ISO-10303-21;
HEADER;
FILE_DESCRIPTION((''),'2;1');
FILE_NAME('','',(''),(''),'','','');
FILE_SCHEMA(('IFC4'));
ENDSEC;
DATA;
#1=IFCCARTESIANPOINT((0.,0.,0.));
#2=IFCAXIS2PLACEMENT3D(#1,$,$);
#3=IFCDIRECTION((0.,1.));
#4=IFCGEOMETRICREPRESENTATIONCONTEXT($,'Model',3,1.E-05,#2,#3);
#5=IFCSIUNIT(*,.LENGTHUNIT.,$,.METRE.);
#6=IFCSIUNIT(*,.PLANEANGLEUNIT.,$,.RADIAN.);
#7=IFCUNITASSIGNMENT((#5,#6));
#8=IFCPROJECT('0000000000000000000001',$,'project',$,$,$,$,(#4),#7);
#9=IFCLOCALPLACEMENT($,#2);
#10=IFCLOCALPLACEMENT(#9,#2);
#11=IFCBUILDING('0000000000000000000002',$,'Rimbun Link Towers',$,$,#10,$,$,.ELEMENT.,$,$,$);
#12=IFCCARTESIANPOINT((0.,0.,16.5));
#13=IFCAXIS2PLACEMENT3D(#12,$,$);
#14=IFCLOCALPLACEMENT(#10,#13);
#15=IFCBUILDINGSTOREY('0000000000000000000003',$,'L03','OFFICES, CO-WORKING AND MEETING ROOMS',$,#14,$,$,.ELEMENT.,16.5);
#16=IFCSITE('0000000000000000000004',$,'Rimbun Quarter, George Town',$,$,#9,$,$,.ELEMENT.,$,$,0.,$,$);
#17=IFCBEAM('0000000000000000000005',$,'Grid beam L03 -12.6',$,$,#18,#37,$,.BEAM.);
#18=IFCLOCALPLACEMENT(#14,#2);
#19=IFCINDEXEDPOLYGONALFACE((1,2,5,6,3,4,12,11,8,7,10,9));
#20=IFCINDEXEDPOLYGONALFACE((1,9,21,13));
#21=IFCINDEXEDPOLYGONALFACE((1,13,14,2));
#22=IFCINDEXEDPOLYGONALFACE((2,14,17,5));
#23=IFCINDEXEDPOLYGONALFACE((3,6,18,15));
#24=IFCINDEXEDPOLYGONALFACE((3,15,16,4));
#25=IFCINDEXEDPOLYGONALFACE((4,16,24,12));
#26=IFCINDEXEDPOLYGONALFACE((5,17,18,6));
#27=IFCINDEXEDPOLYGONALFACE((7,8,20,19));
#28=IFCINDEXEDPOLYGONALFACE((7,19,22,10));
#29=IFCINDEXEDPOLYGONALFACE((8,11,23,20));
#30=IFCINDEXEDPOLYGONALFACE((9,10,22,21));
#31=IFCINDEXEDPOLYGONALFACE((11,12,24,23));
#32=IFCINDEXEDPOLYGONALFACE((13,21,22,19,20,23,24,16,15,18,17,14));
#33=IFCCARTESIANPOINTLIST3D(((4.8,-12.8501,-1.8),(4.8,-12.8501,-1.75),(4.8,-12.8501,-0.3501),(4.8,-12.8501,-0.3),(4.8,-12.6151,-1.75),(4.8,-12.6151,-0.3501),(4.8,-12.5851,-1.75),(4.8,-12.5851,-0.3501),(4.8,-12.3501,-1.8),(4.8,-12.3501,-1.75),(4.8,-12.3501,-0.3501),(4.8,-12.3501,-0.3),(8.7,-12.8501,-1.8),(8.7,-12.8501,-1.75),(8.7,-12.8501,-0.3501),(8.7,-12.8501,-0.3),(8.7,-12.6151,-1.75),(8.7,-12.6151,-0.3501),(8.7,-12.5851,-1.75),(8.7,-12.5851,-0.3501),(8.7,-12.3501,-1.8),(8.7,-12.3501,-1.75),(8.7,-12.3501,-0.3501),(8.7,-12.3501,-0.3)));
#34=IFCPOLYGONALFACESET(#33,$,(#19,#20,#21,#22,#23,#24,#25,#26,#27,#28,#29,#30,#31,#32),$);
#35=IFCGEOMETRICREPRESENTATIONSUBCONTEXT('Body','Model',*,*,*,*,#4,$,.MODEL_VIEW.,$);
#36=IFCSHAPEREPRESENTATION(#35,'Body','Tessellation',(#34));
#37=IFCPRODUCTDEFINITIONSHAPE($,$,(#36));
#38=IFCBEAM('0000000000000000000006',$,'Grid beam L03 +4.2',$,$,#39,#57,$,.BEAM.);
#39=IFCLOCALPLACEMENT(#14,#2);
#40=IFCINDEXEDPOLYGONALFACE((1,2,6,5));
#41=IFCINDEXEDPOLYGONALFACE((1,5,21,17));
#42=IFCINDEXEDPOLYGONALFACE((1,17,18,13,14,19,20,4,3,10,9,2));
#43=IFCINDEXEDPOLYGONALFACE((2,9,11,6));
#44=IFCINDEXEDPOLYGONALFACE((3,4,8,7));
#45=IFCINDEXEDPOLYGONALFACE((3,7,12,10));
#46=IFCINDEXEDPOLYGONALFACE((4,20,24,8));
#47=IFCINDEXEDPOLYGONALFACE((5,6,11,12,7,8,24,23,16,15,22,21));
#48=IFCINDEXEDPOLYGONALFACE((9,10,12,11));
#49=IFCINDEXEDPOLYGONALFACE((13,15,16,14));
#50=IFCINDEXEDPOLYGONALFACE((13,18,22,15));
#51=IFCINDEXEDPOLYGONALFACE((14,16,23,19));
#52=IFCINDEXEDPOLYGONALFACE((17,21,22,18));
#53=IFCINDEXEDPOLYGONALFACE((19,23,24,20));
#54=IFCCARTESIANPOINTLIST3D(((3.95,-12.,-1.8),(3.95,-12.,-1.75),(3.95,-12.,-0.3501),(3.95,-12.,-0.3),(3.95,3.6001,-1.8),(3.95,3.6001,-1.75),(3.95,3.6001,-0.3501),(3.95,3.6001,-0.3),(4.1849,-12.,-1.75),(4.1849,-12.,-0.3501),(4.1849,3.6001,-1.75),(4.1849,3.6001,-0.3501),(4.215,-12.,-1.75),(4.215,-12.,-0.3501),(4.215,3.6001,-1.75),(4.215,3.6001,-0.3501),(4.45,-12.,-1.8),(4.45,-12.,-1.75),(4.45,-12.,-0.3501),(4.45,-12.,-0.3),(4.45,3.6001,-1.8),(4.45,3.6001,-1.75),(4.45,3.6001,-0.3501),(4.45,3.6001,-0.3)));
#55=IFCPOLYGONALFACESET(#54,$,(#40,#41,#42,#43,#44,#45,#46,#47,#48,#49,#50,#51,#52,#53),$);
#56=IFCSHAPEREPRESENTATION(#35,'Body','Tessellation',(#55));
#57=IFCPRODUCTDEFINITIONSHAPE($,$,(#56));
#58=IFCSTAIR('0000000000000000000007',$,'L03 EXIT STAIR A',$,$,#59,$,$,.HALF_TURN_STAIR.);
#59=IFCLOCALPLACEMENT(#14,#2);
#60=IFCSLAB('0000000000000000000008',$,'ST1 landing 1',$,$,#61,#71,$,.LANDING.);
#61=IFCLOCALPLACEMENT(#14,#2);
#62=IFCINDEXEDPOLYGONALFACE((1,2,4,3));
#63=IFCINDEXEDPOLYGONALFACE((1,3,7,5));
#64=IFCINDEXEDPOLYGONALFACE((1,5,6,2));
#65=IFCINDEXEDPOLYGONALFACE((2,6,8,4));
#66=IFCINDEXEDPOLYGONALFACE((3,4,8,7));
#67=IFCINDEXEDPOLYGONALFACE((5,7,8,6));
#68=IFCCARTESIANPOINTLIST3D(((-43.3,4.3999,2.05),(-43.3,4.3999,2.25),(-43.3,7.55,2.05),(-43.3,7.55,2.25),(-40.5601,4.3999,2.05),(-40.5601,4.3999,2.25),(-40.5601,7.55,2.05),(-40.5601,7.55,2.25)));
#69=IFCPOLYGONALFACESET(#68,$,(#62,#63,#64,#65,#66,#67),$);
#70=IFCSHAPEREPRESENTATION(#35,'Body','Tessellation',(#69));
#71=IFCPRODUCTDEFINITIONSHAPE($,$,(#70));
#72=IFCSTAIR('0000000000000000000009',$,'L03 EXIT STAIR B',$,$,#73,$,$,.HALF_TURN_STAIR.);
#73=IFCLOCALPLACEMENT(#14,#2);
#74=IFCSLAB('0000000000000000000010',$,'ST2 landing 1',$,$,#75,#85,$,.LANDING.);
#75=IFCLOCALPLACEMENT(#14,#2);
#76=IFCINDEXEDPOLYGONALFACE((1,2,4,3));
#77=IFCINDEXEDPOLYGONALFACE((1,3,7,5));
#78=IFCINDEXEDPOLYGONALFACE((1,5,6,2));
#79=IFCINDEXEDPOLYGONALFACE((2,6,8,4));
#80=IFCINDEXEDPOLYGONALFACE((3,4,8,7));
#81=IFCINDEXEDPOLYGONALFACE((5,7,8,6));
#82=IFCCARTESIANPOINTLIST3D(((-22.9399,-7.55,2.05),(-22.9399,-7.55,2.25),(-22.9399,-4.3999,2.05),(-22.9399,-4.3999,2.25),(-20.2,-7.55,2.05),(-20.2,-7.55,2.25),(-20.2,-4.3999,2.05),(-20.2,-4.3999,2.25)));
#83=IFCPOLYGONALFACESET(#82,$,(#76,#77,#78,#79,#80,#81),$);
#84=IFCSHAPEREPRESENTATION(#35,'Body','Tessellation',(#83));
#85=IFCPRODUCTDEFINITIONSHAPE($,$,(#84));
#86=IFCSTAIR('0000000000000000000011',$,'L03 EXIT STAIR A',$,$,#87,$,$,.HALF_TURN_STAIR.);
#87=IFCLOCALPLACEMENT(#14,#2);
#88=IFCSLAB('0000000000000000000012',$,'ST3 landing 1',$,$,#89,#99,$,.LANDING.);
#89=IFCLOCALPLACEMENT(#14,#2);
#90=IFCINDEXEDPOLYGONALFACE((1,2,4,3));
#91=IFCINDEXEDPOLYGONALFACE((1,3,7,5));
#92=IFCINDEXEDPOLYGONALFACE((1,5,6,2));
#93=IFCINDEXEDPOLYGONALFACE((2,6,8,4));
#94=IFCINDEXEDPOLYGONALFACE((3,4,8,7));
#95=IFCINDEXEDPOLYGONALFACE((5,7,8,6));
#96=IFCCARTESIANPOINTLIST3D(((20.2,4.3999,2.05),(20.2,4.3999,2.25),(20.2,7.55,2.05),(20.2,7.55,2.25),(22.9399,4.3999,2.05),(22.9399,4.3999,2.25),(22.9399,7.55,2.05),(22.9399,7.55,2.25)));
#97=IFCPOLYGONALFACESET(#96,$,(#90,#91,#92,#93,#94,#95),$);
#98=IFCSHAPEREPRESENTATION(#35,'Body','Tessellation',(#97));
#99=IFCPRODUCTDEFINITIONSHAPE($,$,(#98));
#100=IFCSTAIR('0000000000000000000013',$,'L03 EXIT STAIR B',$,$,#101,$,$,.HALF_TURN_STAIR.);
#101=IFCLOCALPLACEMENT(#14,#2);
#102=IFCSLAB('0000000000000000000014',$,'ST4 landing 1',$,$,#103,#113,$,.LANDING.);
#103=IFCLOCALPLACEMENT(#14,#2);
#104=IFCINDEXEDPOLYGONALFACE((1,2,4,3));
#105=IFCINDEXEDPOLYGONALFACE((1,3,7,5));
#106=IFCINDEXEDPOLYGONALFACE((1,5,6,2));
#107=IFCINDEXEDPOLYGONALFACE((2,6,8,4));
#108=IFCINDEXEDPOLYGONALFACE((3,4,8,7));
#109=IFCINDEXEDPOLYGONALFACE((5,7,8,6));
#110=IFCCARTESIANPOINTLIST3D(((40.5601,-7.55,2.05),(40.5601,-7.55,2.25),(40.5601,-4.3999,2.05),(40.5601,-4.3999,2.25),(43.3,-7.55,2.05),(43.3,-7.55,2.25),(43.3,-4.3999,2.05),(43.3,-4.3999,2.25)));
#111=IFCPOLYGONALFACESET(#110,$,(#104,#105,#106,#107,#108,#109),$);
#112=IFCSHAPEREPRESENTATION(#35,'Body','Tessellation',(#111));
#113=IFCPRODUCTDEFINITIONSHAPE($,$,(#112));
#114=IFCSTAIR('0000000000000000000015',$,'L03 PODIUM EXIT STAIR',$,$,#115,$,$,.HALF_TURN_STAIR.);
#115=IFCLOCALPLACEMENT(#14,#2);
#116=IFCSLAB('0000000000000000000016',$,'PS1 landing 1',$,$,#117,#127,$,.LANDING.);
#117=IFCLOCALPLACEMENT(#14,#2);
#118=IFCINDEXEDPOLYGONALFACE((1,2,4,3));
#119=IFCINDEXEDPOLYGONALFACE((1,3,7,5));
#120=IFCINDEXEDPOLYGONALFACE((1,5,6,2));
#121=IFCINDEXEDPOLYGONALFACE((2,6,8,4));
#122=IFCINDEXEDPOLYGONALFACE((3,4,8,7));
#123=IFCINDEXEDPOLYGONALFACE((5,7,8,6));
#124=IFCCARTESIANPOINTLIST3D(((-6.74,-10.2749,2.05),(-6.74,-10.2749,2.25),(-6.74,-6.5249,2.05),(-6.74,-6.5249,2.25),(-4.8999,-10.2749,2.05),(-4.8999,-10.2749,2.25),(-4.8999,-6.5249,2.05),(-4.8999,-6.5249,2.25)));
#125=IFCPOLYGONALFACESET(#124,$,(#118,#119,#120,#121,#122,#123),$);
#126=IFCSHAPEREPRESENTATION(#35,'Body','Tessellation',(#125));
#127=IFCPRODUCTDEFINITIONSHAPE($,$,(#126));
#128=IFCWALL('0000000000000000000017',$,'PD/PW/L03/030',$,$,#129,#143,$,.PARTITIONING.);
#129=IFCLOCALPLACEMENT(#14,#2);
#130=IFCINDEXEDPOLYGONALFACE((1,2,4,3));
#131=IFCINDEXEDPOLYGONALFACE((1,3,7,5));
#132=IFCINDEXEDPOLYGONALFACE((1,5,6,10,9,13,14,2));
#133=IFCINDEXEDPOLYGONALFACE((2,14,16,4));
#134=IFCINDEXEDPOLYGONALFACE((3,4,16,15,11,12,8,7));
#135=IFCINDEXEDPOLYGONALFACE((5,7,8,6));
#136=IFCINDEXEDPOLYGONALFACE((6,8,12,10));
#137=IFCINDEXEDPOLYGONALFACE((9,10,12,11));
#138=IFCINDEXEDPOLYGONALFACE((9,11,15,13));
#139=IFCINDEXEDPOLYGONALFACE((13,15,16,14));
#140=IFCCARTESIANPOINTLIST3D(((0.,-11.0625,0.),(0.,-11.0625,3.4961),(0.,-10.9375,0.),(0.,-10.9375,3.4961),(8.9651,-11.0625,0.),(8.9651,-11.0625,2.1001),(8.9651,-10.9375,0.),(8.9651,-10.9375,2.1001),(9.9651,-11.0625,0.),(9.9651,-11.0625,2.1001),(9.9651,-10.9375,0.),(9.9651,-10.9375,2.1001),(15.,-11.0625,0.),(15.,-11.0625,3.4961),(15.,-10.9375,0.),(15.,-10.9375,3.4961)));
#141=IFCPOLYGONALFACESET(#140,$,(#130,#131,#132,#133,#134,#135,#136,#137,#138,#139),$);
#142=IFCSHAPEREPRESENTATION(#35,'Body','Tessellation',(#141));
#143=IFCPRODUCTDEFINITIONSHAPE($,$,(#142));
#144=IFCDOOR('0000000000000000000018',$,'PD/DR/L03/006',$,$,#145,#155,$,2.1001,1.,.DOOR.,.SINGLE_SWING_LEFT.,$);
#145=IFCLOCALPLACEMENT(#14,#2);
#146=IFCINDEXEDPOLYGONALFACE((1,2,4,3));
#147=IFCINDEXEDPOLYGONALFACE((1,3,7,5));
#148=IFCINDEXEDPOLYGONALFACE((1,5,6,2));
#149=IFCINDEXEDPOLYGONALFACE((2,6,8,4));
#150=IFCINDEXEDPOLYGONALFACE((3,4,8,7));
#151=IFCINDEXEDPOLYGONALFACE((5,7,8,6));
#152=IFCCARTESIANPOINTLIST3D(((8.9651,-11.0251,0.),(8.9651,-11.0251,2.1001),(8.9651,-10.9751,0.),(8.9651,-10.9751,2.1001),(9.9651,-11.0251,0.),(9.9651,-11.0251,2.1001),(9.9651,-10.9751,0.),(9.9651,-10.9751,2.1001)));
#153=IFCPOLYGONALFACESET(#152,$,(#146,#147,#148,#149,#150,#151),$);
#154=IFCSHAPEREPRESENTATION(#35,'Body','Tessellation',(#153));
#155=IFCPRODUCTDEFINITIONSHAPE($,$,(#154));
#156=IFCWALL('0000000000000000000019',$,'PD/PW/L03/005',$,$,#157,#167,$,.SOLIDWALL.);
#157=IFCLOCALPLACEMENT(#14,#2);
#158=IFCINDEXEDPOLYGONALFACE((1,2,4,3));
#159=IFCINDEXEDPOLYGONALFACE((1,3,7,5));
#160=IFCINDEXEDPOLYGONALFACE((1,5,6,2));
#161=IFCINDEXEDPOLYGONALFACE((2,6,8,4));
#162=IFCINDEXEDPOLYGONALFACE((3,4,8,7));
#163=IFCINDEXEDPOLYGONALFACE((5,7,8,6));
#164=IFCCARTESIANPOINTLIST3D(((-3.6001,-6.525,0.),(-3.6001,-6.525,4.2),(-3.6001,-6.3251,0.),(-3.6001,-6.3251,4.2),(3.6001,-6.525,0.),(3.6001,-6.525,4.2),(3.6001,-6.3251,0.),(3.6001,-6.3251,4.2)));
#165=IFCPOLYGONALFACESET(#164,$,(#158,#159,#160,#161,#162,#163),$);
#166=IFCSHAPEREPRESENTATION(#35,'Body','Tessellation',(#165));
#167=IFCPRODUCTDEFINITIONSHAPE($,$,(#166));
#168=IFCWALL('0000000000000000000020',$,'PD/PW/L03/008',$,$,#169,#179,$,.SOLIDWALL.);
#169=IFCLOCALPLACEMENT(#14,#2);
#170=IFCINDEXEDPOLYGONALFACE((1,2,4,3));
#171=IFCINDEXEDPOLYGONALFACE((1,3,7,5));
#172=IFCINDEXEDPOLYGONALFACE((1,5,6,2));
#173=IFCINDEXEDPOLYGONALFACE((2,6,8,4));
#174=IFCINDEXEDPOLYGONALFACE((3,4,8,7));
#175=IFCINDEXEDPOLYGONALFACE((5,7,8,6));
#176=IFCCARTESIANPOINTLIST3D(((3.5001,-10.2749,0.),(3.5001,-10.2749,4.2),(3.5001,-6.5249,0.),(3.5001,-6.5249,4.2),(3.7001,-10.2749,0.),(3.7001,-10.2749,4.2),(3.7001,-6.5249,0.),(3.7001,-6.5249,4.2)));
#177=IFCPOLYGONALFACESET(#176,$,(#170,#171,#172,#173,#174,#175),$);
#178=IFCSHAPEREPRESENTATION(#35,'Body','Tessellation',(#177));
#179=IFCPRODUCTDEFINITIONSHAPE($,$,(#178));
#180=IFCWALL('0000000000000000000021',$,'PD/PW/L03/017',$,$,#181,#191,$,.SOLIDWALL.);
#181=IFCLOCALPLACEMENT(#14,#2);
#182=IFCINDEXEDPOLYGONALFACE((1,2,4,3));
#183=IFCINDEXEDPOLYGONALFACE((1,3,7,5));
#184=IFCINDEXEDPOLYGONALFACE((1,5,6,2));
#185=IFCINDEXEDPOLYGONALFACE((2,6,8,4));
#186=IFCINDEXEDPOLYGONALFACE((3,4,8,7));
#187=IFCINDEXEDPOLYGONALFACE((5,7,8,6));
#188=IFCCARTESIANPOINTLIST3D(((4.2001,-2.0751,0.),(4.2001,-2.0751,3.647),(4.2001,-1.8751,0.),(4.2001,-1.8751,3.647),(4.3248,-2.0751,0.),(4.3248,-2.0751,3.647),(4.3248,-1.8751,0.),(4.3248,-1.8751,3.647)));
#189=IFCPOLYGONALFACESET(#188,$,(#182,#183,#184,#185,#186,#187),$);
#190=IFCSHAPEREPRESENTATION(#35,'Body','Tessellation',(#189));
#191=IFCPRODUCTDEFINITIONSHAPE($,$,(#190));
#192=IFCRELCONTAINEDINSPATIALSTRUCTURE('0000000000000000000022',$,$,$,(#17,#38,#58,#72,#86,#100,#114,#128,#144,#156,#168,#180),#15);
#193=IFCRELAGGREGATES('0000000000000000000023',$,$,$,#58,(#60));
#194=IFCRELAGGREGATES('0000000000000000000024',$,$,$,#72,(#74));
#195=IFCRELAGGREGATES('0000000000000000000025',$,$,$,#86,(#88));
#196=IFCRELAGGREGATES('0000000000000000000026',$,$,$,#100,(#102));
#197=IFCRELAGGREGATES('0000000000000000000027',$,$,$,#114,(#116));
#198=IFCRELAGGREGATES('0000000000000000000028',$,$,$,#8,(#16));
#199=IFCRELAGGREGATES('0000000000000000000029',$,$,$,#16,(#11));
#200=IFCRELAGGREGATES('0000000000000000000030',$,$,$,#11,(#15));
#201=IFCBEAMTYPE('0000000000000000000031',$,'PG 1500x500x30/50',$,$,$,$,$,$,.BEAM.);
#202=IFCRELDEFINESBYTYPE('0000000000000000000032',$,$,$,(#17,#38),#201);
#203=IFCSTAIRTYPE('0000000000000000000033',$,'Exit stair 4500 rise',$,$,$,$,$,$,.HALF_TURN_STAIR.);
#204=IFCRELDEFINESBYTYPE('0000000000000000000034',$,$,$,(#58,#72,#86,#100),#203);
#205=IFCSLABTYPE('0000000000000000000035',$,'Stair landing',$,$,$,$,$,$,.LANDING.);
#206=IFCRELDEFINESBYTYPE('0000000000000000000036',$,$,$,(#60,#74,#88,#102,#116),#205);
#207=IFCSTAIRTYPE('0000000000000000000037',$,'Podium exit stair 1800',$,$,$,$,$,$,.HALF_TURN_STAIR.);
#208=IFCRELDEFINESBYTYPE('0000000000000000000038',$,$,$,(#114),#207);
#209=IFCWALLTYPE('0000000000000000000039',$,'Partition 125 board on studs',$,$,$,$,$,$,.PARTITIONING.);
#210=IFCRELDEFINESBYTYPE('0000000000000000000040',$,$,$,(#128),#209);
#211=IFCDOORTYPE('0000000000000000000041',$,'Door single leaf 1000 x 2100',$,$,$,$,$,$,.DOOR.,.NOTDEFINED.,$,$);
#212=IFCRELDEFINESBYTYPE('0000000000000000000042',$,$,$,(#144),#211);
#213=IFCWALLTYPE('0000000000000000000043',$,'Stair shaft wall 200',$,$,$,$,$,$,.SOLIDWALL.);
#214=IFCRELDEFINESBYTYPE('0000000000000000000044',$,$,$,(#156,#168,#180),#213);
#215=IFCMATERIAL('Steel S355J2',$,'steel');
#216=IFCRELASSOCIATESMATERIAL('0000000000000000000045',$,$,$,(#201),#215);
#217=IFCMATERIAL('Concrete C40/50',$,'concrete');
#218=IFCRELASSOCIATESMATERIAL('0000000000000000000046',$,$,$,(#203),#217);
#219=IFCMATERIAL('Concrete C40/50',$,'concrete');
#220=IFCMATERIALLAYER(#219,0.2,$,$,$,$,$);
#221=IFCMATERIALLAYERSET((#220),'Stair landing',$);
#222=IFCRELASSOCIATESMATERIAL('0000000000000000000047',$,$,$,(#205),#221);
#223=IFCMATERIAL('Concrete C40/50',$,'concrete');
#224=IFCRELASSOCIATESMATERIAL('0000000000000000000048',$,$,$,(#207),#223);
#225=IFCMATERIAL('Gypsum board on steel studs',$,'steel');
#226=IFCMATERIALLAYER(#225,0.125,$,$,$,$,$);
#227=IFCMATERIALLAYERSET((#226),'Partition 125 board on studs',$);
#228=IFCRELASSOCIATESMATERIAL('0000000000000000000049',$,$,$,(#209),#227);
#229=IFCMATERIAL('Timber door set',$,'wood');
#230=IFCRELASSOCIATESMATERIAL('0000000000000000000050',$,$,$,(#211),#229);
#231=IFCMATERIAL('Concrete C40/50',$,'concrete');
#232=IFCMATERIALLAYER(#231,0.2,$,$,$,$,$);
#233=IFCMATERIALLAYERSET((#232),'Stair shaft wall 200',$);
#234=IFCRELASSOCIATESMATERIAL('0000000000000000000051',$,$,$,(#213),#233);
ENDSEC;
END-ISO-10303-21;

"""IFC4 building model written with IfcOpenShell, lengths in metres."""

from ifc_helpers import new_model, si_unit, direction, frame, frame_2d, origin, origin_2d, place, context, subcontext, project, spatial, polyline, rectangle, i_section, outline, extrude, material, layer, layer_set, material_profile, profile_set, type_object, element, fill, aggregate, save


model = new_model("IFC4")

# Units and contexts
model_context = context("Model", 3, precision=1e-05, world=origin(), true_north=direction((0.0, 1.0)))
body_context = subcontext(model_context, "Body", "Model", "MODEL_VIEW")
ifc_project = project(units=[si_unit("LENGTHUNIT", "METRE"), si_unit("PLANEANGLEUNIT", "RADIAN")], contexts=[model_context])

# Site, building, storey
site_placement = place(None, origin())
site = spatial("IfcSite", under=ifc_project, at=site_placement, Name="Rimbun Quarter, George Town", CompositionType="ELEMENT", RefElevation=0.0)
building_placement = place(site_placement, origin())
building = spatial("IfcBuilding", under=site, at=building_placement, Name="Rimbun Link Towers", CompositionType="ELEMENT")
storey_placement = place(building_placement, frame((0.0, 0.0, 16.5)))
storey = spatial("IfcBuildingStorey", under=building, at=storey_placement, Name="L03", Description="OFFICES, CO-WORKING AND MEETING ROOMS", CompositionType="ELEMENT", Elevation=16.5)

# Beams
ifc_material_1 = material(Name="Steel S355J2", Category="steel")
ifc_material_profile = material_profile(ifc_material_1, i_section(OverallWidth=0.5, OverallDepth=1.5, WebThickness=0.03, FlangeThickness=0.05, at=origin_2d()), Name="PG 1500x500x30/50")
ifc_profile_set = profile_set([ifc_material_profile], Name="Steel S355J2")
beam_type = type_object("IfcBeamType", Name="PG 1500x500x30/50", PredefinedType="BEAM", material=ifc_profile_set)
beam_1_placement = place(storey_placement, frame((4.8, -12.6001, -1.05), z_axis=(1.0, 0.0, 0.0), x_axis=(0.0, 1.0, 0.0)))
element("IfcBeam", 1, at=beam_1_placement, inside=storey, type_object=beam_type, Name="Grid beam L03 -12.6", PredefinedType="BEAM", context=body_context, shape_type="SweptSolid", body=[
    extrude(i_section(OverallWidth=0.5, OverallDepth=1.5, WebThickness=0.03, FlangeThickness=0.05, at=origin_2d()), origin(), (0.0, 0.0, 1.0), 3.8999),
])
beam_2_placement = place(storey_placement, frame((4.2, -12.0, -1.05), z_axis=(0.0, 1.0, 0.0), x_axis=(-1.0, 0.0, 0.0)))
element("IfcBeam", 2, at=beam_2_placement, inside=storey, type_object=beam_type, Name="Grid beam L03 +4.2", PredefinedType="BEAM", context=body_context, shape_type="SweptSolid", body=[
    extrude(i_section(OverallWidth=0.5, OverallDepth=1.5, WebThickness=0.03, FlangeThickness=0.05, at=origin_2d()), origin(), (0.0, 0.0, 1.0), 15.6001),
])

# Stairs, slabs
ifc_material_2 = material(Name="Concrete C40/50", Category="concrete")
stair_type_1 = type_object("IfcStairType", Name="Exit stair 4500 rise", PredefinedType="HALF_TURN_STAIR", material=ifc_material_2)
stair_1_placement = place(storey_placement, origin())
stair_1 = element("IfcStair", 3, at=stair_1_placement, inside=storey, type_object=stair_type_1, Name="L03 EXIT STAIR A", PredefinedType="HALF_TURN_STAIR")
ifc_material_3 = material(Name="Concrete C40/50", Category="concrete")
ifc_layer_1 = layer(ifc_material_3, 0.2)
ifc_layer_set_1 = layer_set([ifc_layer_1], Name="Stair landing")
slab_type = type_object("IfcSlabType", Name="Stair landing", PredefinedType="LANDING", material=ifc_layer_set_1)
slab_1_placement = place(storey_placement, frame((0.0, 0.0, 2.05)))
slab_1 = element("IfcSlab", 4, at=slab_1_placement, type_object=slab_type, Name="ST1 landing 1", PredefinedType="LANDING", context=body_context, shape_type="SweptSolid", body=[
    extrude(outline(polyline([(-40.5601, 7.55), (-43.3, 7.55), (-43.3, 4.3999), (-40.5601, 4.3999), (-40.5601, 7.55)])), origin(), (0.0, 0.0, 1.0), 0.2),
])
aggregate(stair_1, [slab_1])
stair_2_placement = place(storey_placement, origin())
stair_2 = element("IfcStair", 5, at=stair_2_placement, inside=storey, type_object=stair_type_1, Name="L03 EXIT STAIR B", PredefinedType="HALF_TURN_STAIR")
slab_2_placement = place(storey_placement, frame((0.0, 0.0, 2.05)))
slab_2 = element("IfcSlab", 6, at=slab_2_placement, type_object=slab_type, Name="ST2 landing 1", PredefinedType="LANDING", context=body_context, shape_type="SweptSolid", body=[
    extrude(outline(polyline([(-22.9399, -7.55), (-20.2, -7.55), (-20.2, -4.3999), (-22.9399, -4.3999), (-22.9399, -7.55)])), origin(), (0.0, 0.0, 1.0), 0.2),
])
aggregate(stair_2, [slab_2])
stair_3_placement = place(storey_placement, origin())
stair_3 = element("IfcStair", 7, at=stair_3_placement, inside=storey, type_object=stair_type_1, Name="L03 EXIT STAIR A", PredefinedType="HALF_TURN_STAIR")
slab_3_placement = place(storey_placement, frame((0.0, 0.0, 2.05)))
slab_3 = element("IfcSlab", 8, at=slab_3_placement, type_object=slab_type, Name="ST3 landing 1", PredefinedType="LANDING", context=body_context, shape_type="SweptSolid", body=[
    extrude(outline(polyline([(22.9399, 7.55), (20.2, 7.55), (20.2, 4.3999), (22.9399, 4.3999), (22.9399, 7.55)])), origin(), (0.0, 0.0, 1.0), 0.2),
])
aggregate(stair_3, [slab_3])
stair_4_placement = place(storey_placement, origin())
stair_4 = element("IfcStair", 9, at=stair_4_placement, inside=storey, type_object=stair_type_1, Name="L03 EXIT STAIR B", PredefinedType="HALF_TURN_STAIR")
slab_4_placement = place(storey_placement, frame((0.0, 0.0, 2.05)))
slab_4 = element("IfcSlab", 10, at=slab_4_placement, type_object=slab_type, Name="ST4 landing 1", PredefinedType="LANDING", context=body_context, shape_type="SweptSolid", body=[
    extrude(outline(polyline([(40.5601, -7.55), (43.3, -7.55), (43.3, -4.3999), (40.5601, -4.3999), (40.5601, -7.55)])), origin(), (0.0, 0.0, 1.0), 0.2),
])
aggregate(stair_4, [slab_4])
ifc_material_4 = material(Name="Concrete C40/50", Category="concrete")
stair_type_2 = type_object("IfcStairType", Name="Podium exit stair 1800", PredefinedType="HALF_TURN_STAIR", material=ifc_material_4)
stair_5_placement = place(storey_placement, origin())
stair_5 = element("IfcStair", 11, at=stair_5_placement, inside=storey, type_object=stair_type_2, Name="L03 PODIUM EXIT STAIR", PredefinedType="HALF_TURN_STAIR")
slab_5_placement = place(storey_placement, frame((0.0, 0.0, 2.05)))
slab_5 = element("IfcSlab", 12, at=slab_5_placement, type_object=slab_type, Name="PS1 landing 1", PredefinedType="LANDING", context=body_context, shape_type="SweptSolid", body=[
    extrude(outline(polyline([(-6.74, -10.2749), (-4.8999, -10.2749), (-4.8999, -6.5249), (-6.74, -6.5249), (-6.74, -10.2749)])), origin(), (0.0, 0.0, 1.0), 0.2),
])
aggregate(stair_5, [slab_5])

# Wall, opening, door
ifc_material_5 = material(Name="Gypsum board on steel studs", Category="steel")
ifc_layer_2 = layer(ifc_material_5, 0.125)
ifc_layer_set_2 = layer_set([ifc_layer_2], Name="Partition 125 board on studs")
wall_type_1 = type_object("IfcWallType", Name="Partition 125 board on studs", PredefinedType="PARTITIONING", material=ifc_layer_set_2)
wall_1_placement = place(storey_placement, frame((0.0, -11.0, 0.0), z_axis=(0.0, 0.0, 1.0), x_axis=(1.0, 0.0, 0.0)))
wall_1 = element("IfcWall", 13, at=wall_1_placement, inside=storey, type_object=wall_type_1, Name="PD/PW/L03/030", PredefinedType="PARTITIONING", context=body_context, shape_type="SweptSolid", body=[
    extrude(rectangle(XDim=15.0, YDim=0.125, at=frame_2d((7.5, 0.0))), origin(), (0.0, 0.0, 1.0), 3.4961),
])
opening_placement = place(wall_1_placement, frame((8.9651, 0.0, 0.0)))
opening = element("IfcOpeningElement", 14, at=opening_placement, cuts=wall_1, PredefinedType="OPENING", context=body_context, shape_type="SweptSolid", body=[
    extrude(rectangle(XDim=1.0, YDim=2.1001, at=frame_2d((0.5, 1.05))), frame((0.0, 0.0725, 0.0), z_axis=(0.0, -1.0, 0.0), x_axis=(1.0, 0.0, 0.0)), (0.0, 0.0, 1.0), 0.145),
])
ifc_material_6 = material(Name="Timber door set", Category="wood")
door_type = type_object("IfcDoorType", Name="Door single leaf 1000 x 2100", OperationType="NOTDEFINED", PredefinedType="DOOR", material=ifc_material_6)
door_placement = place(opening_placement, origin())
door = element("IfcDoor", 15, at=door_placement, inside=storey, type_object=door_type, Name="PD/DR/L03/006", OperationType="SINGLE_SWING_LEFT", OverallHeight=2.1001, OverallWidth=1.0, PredefinedType="DOOR", context=body_context, shape_type="SweptSolid", body=[
    extrude(rectangle(XDim=1.0, YDim=2.1001, at=frame_2d((0.5, 1.05))), frame((0.0, 0.0249, 0.0), z_axis=(0.0, -1.0, 0.0), x_axis=(1.0, 0.0, 0.0)), (0.0, 0.0, 1.0), 0.05),
])
fill(opening, door)

# Walls
ifc_material_7 = material(Name="Concrete C40/50", Category="concrete")
ifc_layer_3 = layer(ifc_material_7, 0.2)
ifc_layer_set_3 = layer_set([ifc_layer_3], Name="Stair shaft wall 200")
wall_type_2 = type_object("IfcWallType", Name="Stair shaft wall 200", PredefinedType="SOLIDWALL", material=ifc_layer_set_3)
wall_2_placement = place(storey_placement, frame((3.6001, -6.425, 0.0), z_axis=(0.0, 0.0, 1.0), x_axis=(-1.0, 0.0, 0.0)))
element("IfcWall", 16, at=wall_2_placement, inside=storey, type_object=wall_type_2, Name="PD/PW/L03/005", PredefinedType="SOLIDWALL", context=body_context, shape_type="SweptSolid", body=[
    extrude(rectangle(XDim=7.2002, YDim=0.2, at=frame_2d((3.6001, 0.0))), origin(), (0.0, 0.0, 1.0), 4.2),
])
wall_3_placement = place(storey_placement, frame((3.6001, -10.2749, 0.0), z_axis=(0.0, 0.0, 1.0), x_axis=(0.0, 1.0, 0.0)))
element("IfcWall", 17, at=wall_3_placement, inside=storey, type_object=wall_type_2, Name="PD/PW/L03/008", PredefinedType="SOLIDWALL", context=body_context, shape_type="SweptSolid", body=[
    extrude(rectangle(XDim=3.75, YDim=0.2, at=frame_2d((1.875, 0.0))), origin(), (0.0, 0.0, 1.0), 4.2),
])
wall_4_placement = place(storey_placement, frame((4.2, -1.9751, 0.0), z_axis=(0.0, 0.0, 1.0), x_axis=(1.0, 0.0, 0.0)))
element("IfcWall", 18, at=wall_4_placement, inside=storey, type_object=wall_type_2, Name="PD/PW/L03/017", PredefinedType="SOLIDWALL", context=body_context, shape_type="SweptSolid", body=[
    extrude(rectangle(XDim=0.1248, YDim=0.2, at=frame_2d((0.0625, 0.0))), origin(), (0.0, 0.0, 1.0), 3.647),
])

save(model, "model.ifc")
